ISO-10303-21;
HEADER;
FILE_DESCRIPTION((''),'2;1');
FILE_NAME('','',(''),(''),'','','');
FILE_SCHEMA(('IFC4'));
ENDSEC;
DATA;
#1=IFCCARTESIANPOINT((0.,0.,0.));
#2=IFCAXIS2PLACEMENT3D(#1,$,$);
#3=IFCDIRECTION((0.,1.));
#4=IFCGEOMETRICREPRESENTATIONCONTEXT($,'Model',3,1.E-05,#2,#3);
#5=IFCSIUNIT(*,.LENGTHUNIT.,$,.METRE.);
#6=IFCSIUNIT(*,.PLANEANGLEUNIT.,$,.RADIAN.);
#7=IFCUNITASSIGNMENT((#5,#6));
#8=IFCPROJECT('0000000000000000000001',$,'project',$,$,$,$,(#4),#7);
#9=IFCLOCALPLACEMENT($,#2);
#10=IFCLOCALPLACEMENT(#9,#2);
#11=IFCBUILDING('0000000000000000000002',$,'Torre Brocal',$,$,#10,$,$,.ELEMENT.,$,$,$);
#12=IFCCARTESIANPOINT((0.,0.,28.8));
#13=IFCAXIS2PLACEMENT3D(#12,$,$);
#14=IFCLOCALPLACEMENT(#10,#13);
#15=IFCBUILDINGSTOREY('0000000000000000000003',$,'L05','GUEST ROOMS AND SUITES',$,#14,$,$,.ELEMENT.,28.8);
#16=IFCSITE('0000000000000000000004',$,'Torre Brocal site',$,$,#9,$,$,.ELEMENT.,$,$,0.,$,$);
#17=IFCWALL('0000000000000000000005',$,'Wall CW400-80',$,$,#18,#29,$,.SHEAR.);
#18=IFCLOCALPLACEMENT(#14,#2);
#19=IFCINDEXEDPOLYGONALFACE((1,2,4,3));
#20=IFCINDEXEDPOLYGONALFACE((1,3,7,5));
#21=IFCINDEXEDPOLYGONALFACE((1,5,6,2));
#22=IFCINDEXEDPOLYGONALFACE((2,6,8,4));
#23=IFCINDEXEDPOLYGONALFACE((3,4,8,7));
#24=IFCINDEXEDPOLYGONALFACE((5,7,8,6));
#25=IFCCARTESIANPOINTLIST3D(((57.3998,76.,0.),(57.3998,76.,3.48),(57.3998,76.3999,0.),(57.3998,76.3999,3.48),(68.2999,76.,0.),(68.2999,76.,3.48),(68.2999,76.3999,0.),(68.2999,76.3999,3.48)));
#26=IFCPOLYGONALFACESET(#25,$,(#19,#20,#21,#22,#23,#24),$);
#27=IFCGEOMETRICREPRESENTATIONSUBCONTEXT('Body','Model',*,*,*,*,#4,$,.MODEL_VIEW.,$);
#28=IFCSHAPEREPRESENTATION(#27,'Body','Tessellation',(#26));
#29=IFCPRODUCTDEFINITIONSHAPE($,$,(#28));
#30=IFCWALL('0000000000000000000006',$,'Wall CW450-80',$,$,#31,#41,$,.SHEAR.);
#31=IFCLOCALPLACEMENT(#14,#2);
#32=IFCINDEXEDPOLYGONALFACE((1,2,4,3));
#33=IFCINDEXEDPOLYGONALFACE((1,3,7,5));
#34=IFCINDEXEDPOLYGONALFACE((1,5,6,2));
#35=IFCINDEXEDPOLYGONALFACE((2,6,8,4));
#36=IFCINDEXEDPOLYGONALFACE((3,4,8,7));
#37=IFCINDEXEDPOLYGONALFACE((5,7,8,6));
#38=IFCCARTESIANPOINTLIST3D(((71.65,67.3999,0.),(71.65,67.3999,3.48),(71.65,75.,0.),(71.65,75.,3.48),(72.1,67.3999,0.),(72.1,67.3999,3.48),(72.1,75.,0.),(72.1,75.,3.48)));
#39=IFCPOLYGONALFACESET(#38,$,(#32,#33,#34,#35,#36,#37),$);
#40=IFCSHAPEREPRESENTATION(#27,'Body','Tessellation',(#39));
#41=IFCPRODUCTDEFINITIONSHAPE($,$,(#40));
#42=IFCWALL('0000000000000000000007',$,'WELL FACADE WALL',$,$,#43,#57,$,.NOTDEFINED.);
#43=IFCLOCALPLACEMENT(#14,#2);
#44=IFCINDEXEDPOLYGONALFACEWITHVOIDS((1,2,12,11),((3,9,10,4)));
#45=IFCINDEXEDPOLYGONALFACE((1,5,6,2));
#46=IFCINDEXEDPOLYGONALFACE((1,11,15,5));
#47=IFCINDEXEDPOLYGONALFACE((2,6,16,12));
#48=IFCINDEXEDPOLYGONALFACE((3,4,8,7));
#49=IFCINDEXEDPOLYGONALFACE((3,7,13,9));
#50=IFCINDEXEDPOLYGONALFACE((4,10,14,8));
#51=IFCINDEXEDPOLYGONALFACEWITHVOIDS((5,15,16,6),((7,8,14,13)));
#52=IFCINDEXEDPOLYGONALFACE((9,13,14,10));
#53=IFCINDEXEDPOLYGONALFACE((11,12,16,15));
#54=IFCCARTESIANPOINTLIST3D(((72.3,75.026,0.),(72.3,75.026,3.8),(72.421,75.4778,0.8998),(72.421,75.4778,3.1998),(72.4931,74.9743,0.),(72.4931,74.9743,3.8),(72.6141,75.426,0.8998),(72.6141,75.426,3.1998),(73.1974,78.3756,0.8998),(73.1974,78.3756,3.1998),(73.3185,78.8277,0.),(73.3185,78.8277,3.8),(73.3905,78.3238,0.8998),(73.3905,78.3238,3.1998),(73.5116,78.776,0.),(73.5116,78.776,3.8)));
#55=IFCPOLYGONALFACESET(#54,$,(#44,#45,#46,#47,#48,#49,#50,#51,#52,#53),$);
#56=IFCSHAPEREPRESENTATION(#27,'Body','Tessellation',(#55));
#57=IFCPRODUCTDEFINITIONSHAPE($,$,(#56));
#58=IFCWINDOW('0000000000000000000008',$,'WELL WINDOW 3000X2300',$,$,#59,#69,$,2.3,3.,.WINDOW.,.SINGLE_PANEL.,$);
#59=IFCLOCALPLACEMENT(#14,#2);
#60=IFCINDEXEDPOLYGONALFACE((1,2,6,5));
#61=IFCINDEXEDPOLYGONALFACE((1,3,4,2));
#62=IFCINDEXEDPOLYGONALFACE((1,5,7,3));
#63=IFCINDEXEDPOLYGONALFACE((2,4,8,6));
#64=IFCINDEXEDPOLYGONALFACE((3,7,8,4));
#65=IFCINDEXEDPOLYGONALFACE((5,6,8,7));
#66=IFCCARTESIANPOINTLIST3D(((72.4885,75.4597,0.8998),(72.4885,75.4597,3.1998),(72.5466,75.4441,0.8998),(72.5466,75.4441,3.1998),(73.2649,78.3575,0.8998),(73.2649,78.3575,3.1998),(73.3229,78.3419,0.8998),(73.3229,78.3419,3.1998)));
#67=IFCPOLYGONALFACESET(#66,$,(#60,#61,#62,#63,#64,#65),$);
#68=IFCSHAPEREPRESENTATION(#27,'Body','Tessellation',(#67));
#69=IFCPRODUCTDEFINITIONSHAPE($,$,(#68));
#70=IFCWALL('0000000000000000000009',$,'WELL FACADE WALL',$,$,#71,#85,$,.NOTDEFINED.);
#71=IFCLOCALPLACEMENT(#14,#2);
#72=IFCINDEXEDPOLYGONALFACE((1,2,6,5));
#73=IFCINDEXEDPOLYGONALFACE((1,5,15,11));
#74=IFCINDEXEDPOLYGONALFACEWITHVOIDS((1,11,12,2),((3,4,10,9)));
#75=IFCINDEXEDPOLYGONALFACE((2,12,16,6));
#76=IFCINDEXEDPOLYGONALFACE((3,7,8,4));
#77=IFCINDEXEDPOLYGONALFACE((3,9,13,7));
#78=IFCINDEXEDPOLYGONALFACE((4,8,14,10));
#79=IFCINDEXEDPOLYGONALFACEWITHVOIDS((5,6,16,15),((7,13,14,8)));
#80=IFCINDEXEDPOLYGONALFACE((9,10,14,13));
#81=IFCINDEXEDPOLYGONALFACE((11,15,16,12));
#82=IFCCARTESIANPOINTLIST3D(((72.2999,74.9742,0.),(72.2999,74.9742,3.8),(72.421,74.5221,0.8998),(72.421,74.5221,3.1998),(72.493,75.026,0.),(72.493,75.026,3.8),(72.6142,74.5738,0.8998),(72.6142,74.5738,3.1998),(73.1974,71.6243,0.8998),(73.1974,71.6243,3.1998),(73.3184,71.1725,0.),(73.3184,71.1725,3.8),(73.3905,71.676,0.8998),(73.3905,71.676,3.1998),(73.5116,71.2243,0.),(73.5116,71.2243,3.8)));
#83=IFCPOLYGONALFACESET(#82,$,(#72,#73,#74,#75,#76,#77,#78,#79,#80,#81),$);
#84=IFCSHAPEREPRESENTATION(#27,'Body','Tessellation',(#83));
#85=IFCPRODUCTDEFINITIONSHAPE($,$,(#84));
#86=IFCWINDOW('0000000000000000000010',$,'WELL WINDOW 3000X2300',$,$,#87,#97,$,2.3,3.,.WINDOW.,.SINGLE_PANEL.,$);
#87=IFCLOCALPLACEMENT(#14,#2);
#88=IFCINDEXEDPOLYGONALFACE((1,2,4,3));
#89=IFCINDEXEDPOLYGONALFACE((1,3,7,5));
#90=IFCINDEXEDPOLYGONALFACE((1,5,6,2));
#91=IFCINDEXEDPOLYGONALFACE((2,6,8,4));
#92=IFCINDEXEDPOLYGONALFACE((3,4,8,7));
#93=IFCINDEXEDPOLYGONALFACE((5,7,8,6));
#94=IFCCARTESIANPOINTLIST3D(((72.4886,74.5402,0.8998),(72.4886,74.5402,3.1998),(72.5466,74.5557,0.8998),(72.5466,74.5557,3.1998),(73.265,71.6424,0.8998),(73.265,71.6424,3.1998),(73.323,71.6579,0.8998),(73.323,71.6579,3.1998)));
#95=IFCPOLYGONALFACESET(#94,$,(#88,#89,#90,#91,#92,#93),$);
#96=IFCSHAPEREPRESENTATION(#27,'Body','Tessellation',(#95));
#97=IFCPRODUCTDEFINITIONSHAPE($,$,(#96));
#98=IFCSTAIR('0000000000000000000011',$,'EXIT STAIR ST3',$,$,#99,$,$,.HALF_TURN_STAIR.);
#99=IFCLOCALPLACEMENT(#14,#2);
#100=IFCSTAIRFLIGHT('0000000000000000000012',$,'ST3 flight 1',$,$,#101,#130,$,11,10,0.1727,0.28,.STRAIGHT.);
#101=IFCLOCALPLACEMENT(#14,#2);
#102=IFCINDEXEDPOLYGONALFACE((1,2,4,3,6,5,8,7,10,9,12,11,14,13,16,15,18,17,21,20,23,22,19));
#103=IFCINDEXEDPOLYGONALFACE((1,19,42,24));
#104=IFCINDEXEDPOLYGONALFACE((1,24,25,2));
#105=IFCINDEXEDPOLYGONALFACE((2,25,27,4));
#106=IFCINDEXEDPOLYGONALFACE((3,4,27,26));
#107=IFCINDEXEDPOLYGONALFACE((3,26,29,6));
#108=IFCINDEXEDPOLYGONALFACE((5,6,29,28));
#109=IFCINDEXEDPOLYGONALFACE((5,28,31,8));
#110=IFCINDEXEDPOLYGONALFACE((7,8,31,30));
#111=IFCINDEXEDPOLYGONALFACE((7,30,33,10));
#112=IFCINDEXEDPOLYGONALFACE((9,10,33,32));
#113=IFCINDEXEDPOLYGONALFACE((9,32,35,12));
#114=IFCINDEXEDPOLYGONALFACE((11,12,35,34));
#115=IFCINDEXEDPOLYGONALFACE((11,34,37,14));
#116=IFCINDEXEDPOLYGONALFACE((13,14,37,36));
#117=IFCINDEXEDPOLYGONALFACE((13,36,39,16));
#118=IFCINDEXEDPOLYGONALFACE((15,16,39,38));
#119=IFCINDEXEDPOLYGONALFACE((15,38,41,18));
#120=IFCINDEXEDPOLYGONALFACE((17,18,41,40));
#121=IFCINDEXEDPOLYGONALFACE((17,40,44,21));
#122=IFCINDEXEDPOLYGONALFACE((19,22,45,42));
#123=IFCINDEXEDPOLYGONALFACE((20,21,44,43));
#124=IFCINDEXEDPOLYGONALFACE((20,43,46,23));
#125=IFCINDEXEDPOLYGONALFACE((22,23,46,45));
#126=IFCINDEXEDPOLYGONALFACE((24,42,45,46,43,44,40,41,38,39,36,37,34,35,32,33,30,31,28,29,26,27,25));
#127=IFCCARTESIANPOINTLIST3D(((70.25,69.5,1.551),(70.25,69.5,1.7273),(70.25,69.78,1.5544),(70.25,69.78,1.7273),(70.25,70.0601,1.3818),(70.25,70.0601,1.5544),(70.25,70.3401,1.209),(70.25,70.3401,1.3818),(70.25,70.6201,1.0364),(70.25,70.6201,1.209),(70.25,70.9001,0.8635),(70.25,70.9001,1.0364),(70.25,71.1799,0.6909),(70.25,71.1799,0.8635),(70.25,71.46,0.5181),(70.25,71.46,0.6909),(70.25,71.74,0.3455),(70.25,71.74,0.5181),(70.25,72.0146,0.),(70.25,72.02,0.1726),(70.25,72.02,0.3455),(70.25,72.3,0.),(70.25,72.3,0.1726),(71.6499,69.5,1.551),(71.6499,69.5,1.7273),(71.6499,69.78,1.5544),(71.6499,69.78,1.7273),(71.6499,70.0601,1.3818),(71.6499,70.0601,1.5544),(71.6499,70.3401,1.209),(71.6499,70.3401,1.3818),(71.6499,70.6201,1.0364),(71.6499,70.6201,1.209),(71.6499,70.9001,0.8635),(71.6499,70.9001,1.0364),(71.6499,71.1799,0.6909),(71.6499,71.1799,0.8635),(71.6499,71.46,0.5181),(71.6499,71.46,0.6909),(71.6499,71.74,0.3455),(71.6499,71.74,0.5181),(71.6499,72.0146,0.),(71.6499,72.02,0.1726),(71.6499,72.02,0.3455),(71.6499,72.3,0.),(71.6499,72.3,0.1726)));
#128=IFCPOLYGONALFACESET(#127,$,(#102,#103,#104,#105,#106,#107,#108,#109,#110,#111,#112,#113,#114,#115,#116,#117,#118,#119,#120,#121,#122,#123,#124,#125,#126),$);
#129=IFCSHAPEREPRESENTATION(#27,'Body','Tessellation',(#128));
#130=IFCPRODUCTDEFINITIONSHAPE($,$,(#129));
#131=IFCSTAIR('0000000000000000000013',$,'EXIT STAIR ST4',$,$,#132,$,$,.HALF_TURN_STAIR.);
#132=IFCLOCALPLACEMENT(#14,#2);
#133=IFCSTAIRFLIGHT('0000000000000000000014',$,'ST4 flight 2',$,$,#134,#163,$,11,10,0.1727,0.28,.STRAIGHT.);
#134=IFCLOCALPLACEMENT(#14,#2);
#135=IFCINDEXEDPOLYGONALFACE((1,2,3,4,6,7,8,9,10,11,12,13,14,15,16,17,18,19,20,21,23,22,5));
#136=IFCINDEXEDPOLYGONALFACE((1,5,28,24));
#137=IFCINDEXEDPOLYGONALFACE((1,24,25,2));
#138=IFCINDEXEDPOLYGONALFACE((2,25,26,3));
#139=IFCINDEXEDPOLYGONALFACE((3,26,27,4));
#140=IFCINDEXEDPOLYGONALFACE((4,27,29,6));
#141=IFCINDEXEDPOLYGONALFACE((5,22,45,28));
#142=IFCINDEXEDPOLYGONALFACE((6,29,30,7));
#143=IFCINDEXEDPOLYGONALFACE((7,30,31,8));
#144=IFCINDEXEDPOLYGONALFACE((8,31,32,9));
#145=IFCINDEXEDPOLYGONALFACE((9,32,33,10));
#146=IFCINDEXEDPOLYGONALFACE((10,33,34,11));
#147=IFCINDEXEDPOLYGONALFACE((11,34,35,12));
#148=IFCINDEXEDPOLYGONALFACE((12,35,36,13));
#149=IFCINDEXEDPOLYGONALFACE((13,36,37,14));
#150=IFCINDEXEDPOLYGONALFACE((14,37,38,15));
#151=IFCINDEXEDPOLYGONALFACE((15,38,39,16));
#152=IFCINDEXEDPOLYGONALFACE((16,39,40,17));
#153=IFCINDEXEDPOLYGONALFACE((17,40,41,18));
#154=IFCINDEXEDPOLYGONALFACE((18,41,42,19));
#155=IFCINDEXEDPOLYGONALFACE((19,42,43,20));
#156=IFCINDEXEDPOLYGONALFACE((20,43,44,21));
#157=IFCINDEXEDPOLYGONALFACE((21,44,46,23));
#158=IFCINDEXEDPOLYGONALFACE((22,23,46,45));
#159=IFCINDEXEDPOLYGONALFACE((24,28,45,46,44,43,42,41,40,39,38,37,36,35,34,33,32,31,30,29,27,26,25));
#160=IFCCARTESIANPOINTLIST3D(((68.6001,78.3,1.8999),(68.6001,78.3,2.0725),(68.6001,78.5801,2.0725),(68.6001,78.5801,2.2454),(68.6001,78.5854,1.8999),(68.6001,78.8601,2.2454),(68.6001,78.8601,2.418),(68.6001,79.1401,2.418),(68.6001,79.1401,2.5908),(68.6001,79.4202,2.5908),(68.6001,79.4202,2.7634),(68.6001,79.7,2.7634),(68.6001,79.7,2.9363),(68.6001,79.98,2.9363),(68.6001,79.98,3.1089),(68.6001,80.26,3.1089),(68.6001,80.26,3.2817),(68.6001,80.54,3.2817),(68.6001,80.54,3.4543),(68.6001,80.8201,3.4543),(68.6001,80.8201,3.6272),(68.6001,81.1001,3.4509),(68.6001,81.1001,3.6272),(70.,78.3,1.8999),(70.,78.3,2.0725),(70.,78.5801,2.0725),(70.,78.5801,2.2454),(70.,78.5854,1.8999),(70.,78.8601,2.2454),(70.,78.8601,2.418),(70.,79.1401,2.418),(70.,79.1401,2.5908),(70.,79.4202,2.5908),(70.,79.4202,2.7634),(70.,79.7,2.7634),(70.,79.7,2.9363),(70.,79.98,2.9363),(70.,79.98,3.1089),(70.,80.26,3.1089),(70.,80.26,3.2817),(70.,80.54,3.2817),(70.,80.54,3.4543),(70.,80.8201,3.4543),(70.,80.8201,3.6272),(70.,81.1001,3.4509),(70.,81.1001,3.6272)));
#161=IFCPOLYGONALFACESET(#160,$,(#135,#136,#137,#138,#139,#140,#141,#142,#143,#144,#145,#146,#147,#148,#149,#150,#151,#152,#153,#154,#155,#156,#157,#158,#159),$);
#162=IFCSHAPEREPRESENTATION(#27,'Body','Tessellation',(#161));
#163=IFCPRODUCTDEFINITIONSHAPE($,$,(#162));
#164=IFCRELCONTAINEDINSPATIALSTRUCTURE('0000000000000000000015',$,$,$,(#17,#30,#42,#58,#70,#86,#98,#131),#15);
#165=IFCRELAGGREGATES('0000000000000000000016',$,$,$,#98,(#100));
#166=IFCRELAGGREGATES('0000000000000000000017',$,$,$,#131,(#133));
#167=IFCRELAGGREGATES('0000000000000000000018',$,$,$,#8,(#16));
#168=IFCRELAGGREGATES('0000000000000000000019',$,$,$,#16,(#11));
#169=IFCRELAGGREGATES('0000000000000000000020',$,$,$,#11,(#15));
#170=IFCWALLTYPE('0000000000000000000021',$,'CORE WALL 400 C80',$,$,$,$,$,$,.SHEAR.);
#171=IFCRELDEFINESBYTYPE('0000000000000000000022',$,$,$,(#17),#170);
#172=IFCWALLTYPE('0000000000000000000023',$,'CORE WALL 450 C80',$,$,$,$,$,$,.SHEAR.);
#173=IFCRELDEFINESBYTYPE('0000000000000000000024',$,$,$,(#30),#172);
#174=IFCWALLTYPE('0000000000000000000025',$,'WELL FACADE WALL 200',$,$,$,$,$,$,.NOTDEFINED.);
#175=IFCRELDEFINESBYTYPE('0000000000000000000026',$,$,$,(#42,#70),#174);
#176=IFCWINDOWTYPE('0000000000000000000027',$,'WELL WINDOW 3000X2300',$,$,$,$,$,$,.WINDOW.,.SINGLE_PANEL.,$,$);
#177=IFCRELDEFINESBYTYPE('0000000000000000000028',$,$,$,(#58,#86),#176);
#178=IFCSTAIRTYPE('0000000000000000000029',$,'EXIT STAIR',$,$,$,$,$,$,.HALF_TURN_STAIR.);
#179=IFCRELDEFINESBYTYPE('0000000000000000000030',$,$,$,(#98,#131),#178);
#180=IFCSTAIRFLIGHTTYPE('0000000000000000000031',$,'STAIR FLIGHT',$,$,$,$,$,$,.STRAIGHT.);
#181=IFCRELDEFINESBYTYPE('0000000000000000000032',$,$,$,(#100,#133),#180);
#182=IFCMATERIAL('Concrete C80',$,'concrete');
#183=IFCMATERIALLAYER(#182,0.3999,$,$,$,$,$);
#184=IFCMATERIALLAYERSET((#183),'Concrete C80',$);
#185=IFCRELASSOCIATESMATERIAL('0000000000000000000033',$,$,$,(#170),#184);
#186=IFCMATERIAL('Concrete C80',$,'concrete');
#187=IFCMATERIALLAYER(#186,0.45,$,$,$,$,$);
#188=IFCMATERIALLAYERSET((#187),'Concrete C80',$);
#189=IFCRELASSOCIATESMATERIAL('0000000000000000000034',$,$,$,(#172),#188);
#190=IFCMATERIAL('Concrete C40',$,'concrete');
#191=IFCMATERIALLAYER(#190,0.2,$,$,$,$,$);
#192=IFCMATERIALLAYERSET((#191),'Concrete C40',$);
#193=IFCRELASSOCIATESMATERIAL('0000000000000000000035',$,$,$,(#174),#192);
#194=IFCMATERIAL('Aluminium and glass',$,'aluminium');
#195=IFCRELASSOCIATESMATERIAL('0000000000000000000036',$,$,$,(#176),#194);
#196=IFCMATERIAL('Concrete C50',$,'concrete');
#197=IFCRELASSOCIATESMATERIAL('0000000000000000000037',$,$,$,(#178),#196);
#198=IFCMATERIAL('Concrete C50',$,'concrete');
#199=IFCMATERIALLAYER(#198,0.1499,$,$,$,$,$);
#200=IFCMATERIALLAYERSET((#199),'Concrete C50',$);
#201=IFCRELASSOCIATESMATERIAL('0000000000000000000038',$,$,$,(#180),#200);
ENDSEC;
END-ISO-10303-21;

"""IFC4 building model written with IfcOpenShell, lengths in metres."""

from ifc_helpers import new_model, si_unit, direction, frame, frame_2d, origin, place, context, subcontext, project, spatial, polyline, rectangle, outline, extrude, material, layer, layer_set, type_object, element, fill, aggregate, save


model = new_model("IFC4")

# Units and contexts
model_context = context("Model", 3, precision=1e-05, world=origin(), true_north=direction((0.0, 1.0)))
body_context = subcontext(model_context, "Body", "Model", "MODEL_VIEW")
ifc_project = project(units=[si_unit("LENGTHUNIT", "METRE"), si_unit("PLANEANGLEUNIT", "RADIAN")], contexts=[model_context])

# Site, building, storey
site_placement = place(None, origin())
site = spatial("IfcSite", under=ifc_project, at=site_placement, Name="Torre Brocal site", CompositionType="ELEMENT", RefElevation=0.0)
building_placement = place(site_placement, origin())
building = spatial("IfcBuilding", under=site, at=building_placement, Name="Torre Brocal", CompositionType="ELEMENT")
storey_placement = place(building_placement, frame((0.0, 0.0, 28.8)))
storey = spatial("IfcBuildingStorey", under=building, at=storey_placement, Name="L05", Description="GUEST ROOMS AND SUITES", CompositionType="ELEMENT", Elevation=28.8)

# Walls
ifc_material_1 = material(Name="Concrete C80", Category="concrete")
ifc_layer_1 = layer(ifc_material_1, 0.3999)
ifc_layer_set_1 = layer_set([ifc_layer_1], Name="Concrete C80")
wall_type_1 = type_object("IfcWallType", Name="CORE WALL 400 C80", PredefinedType="SHEAR", material=ifc_layer_set_1)
wall_1_placement = place(storey_placement, frame((68.3, 76.2, 0.0), z_axis=(0.0, 0.0, 1.0), x_axis=(-1.0, 0.0, 0.0)))
element("IfcWall", 1, at=wall_1_placement, inside=storey, type_object=wall_type_1, Name="Wall CW400-80", PredefinedType="SHEAR", context=body_context, shape_type="SweptSolid", body=[
    extrude(rectangle(XDim=10.9001, YDim=0.3999, at=frame_2d((5.4502, 0.0))), origin(), (0.0, 0.0, 1.0), 3.48),
])
ifc_material_2 = material(Name="Concrete C80", Category="concrete")
ifc_layer_2 = layer(ifc_material_2, 0.45)
ifc_layer_set_2 = layer_set([ifc_layer_2], Name="Concrete C80")
wall_type_2 = type_object("IfcWallType", Name="CORE WALL 450 C80", PredefinedType="SHEAR", material=ifc_layer_set_2)
wall_2_placement = place(storey_placement, frame((71.875, 75.0, 0.0), z_axis=(0.0, 0.0, 1.0), x_axis=(0.0, -1.0, 0.0)))
element("IfcWall", 2, at=wall_2_placement, inside=storey, type_object=wall_type_2, Name="Wall CW450-80", PredefinedType="SHEAR", context=body_context, shape_type="SweptSolid", body=[
    extrude(rectangle(XDim=7.6001, YDim=0.45, at=frame_2d((3.8, 0.0))), origin(), (0.0, 0.0, 1.0), 3.48),
])

# Walls, openings, windows
ifc_material_3 = material(Name="Concrete C40", Category="concrete")
ifc_layer_3 = layer(ifc_material_3, 0.2)
ifc_layer_set_3 = layer_set([ifc_layer_3], Name="Concrete C40")
wall_type_3 = type_object("IfcWallType", Name="WELL FACADE WALL 200", PredefinedType="NOTDEFINED", material=ifc_layer_set_3)
wall_3_placement = place(storey_placement, frame((73.415, 78.8018, 0.0), z_axis=(0.0, 0.0, 1.0), x_axis=(-0.25879, -0.965934, 0.0)))
wall_3 = element("IfcWall", 3, at=wall_3_placement, inside=storey, type_object=wall_type_3, Name="WELL FACADE WALL", PredefinedType="NOTDEFINED", context=body_context, shape_type="SweptSolid", body=[
    extrude(rectangle(XDim=3.9358, YDim=0.2, at=frame_2d((1.9678, 0.0))), origin(), (0.0, 0.0, 1.0), 3.8),
])
opening_1_placement = place(wall_3_placement, frame((0.468, 0.0, 0.8999)))
opening_1 = element("IfcOpeningElement", 4, at=opening_1_placement, cuts=wall_3, PredefinedType="OPENING", context=body_context, shape_type="SweptSolid", body=[
    extrude(rectangle(XDim=3.0, YDim=2.3, at=frame_2d((1.5, 1.1499))), frame((0.0, 0.1099, 0.0), z_axis=(0.0, -1.0, 0.0), x_axis=(1.0, 0.0, 0.0)), (0.0, 0.0, 1.0), 0.22),
])
ifc_material_4 = material(Name="Aluminium and glass", Category="aluminium")
window_type = type_object("IfcWindowType", Name="WELL WINDOW 3000X2300", PartitioningType="SINGLE_PANEL", PredefinedType="WINDOW", material=ifc_material_4)
window_1_placement = place(opening_1_placement, origin())
window_1 = element("IfcWindow", 5, at=window_1_placement, inside=storey, type_object=window_type, Name="WELL WINDOW 3000X2300", OverallHeight=2.3, OverallWidth=3.0, PartitioningType="SINGLE_PANEL", PredefinedType="WINDOW", context=body_context, shape_type="SweptSolid", body=[
    extrude(rectangle(XDim=3.0, YDim=2.3, at=frame_2d((1.5, 1.1499))), frame((0.0, 0.03, 0.0), z_axis=(0.0, -1.0, 0.0), x_axis=(1.0, 0.0, 0.0)), (0.0, 0.0, 1.0), 0.0601),
])
fill(opening_1, window_1)
wall_4_placement = place(storey_placement, frame((72.3965, 75.0, 0.0), z_axis=(0.0, 0.0, 1.0), x_axis=(0.25879, -0.965934, 0.0)))
wall_4 = element("IfcWall", 6, at=wall_4_placement, inside=storey, type_object=wall_type_3, Name="WELL FACADE WALL", PredefinedType="NOTDEFINED", context=body_context, shape_type="SweptSolid", body=[
    extrude(rectangle(XDim=3.9358, YDim=0.2, at=frame_2d((1.9678, 0.0))), origin(), (0.0, 0.0, 1.0), 3.8),
])
opening_2_placement = place(wall_4_placement, frame((0.468, 0.0, 0.8999)))
opening_2 = element("IfcOpeningElement", 7, at=opening_2_placement, cuts=wall_4, PredefinedType="OPENING", context=body_context, shape_type="SweptSolid", body=[
    extrude(rectangle(XDim=3.0, YDim=2.3, at=frame_2d((1.5, 1.1499))), frame((0.0, 0.1099, 0.0), z_axis=(0.0, -1.0, 0.0), x_axis=(1.0, 0.0, 0.0)), (0.0, 0.0, 1.0), 0.22),
])
window_2_placement = place(opening_2_placement, origin())
window_2 = element("IfcWindow", 8, at=window_2_placement, inside=storey, type_object=window_type, Name="WELL WINDOW 3000X2300", OverallHeight=2.3, OverallWidth=3.0, PartitioningType="SINGLE_PANEL", PredefinedType="WINDOW", context=body_context, shape_type="SweptSolid", body=[
    extrude(rectangle(XDim=3.0, YDim=2.3, at=frame_2d((1.5, 1.1499))), frame((0.0, 0.03, 0.0), z_axis=(0.0, -1.0, 0.0), x_axis=(1.0, 0.0, 0.0)), (0.0, 0.0, 1.0), 0.0601),
])
fill(opening_2, window_2)

# Stairs, stair flights
ifc_material_5 = material(Name="Concrete C50", Category="concrete")
stair_type = type_object("IfcStairType", Name="EXIT STAIR", PredefinedType="HALF_TURN_STAIR", material=ifc_material_5)
stair_1_placement = place(storey_placement, origin())
stair_1 = element("IfcStair", 9, at=stair_1_placement, inside=storey, type_object=stair_type, Name="EXIT STAIR ST3", PredefinedType="HALF_TURN_STAIR")
ifc_material_6 = material(Name="Concrete C50", Category="concrete")
ifc_layer_4 = layer(ifc_material_6, 0.1499)
ifc_layer_set_4 = layer_set([ifc_layer_4], Name="Concrete C50")
stair_flight_type = type_object("IfcStairFlightType", Name="STAIR FLIGHT", PredefinedType="STRAIGHT", material=ifc_layer_set_4)
stair_flight_1_placement = place(storey_placement, frame((70.95, 72.3, 0.0), z_axis=(0.0, 0.0, 1.0), x_axis=(0.0, -1.0, 0.0)))
stair_flight_1 = element("IfcStairFlight", 10, at=stair_flight_1_placement, type_object=stair_flight_type, Name="ST3 flight 1", NumberOfRisers=11, NumberOfTreads=10, PredefinedType="STRAIGHT", RiserHeight=0.1727, TreadLength=0.28, context=body_context, shape_type="SweptSolid", body=[
    extrude(outline(polyline([(0.0, 0.0), (0.0, 0.1726), (0.28, 0.1726), (0.28, 0.3455), (0.5601, 0.3455), (0.5601, 0.5181), (0.8401, 0.5181), (0.8401, 0.6909), (1.1201, 0.6909), (1.1201, 0.8635), (1.3999, 0.8635), (1.3999, 1.0364), (1.6799, 1.0364), (1.6799, 1.209), (1.96, 1.209), (1.96, 1.3818), (2.24, 1.3818), (2.24, 1.5544), (2.52, 1.5544), (2.52, 1.7273), (2.8, 1.7273), (2.8, 1.8999), (2.8, 1.551), (0.2854, 0.0), (0.0, 0.0)])), frame((0.0, 0.7, 0.0), z_axis=(0.0, -1.0, 0.0), x_axis=(1.0, 0.0, 0.0)), (0.0, 0.0, 1.0), 1.3999),
])
aggregate(stair_1, [stair_flight_1])
stair_2_placement = place(storey_placement, origin())
stair_2 = element("IfcStair", 11, at=stair_2_placement, inside=storey, type_object=stair_type, Name="EXIT STAIR ST4", PredefinedType="HALF_TURN_STAIR")
stair_flight_2_placement = place(storey_placement, frame((69.3, 78.3, 1.8999), z_axis=(0.0, 0.0, 1.0), x_axis=(0.0, 1.0, 0.0)))
stair_flight_2 = element("IfcStairFlight", 12, at=stair_flight_2_placement, type_object=stair_flight_type, Name="ST4 flight 2", NumberOfRisers=11, NumberOfTreads=10, PredefinedType="STRAIGHT", RiserHeight=0.1727, TreadLength=0.28, context=body_context, shape_type="SweptSolid", body=[
    extrude(outline(polyline([(0.0, 0.0), (0.0, 0.1726), (0.28, 0.1726), (0.28, 0.3455), (0.5601, 0.3455), (0.5601, 0.5181), (0.8401, 0.5181), (0.8401, 0.6909), (1.1201, 0.6909), (1.1201, 0.8635), (1.3999, 0.8635), (1.3999, 1.0364), (1.6799, 1.0364), (1.6799, 1.209), (1.96, 1.209), (1.96, 1.3818), (2.24, 1.3818), (2.24, 1.5544), (2.52, 1.5544), (2.52, 1.7273), (2.8, 1.7273), (2.8, 1.8999), (2.8, 1.551), (0.2854, 0.0), (0.0, 0.0)])), frame((0.0, 0.7, 0.0), z_axis=(0.0, -1.0, 0.0), x_axis=(1.0, 0.0, 0.0)), (0.0, 0.0, 1.0), 1.3999),
])
aggregate(stair_2, [stair_flight_2])

save(model, "model.ifc")
